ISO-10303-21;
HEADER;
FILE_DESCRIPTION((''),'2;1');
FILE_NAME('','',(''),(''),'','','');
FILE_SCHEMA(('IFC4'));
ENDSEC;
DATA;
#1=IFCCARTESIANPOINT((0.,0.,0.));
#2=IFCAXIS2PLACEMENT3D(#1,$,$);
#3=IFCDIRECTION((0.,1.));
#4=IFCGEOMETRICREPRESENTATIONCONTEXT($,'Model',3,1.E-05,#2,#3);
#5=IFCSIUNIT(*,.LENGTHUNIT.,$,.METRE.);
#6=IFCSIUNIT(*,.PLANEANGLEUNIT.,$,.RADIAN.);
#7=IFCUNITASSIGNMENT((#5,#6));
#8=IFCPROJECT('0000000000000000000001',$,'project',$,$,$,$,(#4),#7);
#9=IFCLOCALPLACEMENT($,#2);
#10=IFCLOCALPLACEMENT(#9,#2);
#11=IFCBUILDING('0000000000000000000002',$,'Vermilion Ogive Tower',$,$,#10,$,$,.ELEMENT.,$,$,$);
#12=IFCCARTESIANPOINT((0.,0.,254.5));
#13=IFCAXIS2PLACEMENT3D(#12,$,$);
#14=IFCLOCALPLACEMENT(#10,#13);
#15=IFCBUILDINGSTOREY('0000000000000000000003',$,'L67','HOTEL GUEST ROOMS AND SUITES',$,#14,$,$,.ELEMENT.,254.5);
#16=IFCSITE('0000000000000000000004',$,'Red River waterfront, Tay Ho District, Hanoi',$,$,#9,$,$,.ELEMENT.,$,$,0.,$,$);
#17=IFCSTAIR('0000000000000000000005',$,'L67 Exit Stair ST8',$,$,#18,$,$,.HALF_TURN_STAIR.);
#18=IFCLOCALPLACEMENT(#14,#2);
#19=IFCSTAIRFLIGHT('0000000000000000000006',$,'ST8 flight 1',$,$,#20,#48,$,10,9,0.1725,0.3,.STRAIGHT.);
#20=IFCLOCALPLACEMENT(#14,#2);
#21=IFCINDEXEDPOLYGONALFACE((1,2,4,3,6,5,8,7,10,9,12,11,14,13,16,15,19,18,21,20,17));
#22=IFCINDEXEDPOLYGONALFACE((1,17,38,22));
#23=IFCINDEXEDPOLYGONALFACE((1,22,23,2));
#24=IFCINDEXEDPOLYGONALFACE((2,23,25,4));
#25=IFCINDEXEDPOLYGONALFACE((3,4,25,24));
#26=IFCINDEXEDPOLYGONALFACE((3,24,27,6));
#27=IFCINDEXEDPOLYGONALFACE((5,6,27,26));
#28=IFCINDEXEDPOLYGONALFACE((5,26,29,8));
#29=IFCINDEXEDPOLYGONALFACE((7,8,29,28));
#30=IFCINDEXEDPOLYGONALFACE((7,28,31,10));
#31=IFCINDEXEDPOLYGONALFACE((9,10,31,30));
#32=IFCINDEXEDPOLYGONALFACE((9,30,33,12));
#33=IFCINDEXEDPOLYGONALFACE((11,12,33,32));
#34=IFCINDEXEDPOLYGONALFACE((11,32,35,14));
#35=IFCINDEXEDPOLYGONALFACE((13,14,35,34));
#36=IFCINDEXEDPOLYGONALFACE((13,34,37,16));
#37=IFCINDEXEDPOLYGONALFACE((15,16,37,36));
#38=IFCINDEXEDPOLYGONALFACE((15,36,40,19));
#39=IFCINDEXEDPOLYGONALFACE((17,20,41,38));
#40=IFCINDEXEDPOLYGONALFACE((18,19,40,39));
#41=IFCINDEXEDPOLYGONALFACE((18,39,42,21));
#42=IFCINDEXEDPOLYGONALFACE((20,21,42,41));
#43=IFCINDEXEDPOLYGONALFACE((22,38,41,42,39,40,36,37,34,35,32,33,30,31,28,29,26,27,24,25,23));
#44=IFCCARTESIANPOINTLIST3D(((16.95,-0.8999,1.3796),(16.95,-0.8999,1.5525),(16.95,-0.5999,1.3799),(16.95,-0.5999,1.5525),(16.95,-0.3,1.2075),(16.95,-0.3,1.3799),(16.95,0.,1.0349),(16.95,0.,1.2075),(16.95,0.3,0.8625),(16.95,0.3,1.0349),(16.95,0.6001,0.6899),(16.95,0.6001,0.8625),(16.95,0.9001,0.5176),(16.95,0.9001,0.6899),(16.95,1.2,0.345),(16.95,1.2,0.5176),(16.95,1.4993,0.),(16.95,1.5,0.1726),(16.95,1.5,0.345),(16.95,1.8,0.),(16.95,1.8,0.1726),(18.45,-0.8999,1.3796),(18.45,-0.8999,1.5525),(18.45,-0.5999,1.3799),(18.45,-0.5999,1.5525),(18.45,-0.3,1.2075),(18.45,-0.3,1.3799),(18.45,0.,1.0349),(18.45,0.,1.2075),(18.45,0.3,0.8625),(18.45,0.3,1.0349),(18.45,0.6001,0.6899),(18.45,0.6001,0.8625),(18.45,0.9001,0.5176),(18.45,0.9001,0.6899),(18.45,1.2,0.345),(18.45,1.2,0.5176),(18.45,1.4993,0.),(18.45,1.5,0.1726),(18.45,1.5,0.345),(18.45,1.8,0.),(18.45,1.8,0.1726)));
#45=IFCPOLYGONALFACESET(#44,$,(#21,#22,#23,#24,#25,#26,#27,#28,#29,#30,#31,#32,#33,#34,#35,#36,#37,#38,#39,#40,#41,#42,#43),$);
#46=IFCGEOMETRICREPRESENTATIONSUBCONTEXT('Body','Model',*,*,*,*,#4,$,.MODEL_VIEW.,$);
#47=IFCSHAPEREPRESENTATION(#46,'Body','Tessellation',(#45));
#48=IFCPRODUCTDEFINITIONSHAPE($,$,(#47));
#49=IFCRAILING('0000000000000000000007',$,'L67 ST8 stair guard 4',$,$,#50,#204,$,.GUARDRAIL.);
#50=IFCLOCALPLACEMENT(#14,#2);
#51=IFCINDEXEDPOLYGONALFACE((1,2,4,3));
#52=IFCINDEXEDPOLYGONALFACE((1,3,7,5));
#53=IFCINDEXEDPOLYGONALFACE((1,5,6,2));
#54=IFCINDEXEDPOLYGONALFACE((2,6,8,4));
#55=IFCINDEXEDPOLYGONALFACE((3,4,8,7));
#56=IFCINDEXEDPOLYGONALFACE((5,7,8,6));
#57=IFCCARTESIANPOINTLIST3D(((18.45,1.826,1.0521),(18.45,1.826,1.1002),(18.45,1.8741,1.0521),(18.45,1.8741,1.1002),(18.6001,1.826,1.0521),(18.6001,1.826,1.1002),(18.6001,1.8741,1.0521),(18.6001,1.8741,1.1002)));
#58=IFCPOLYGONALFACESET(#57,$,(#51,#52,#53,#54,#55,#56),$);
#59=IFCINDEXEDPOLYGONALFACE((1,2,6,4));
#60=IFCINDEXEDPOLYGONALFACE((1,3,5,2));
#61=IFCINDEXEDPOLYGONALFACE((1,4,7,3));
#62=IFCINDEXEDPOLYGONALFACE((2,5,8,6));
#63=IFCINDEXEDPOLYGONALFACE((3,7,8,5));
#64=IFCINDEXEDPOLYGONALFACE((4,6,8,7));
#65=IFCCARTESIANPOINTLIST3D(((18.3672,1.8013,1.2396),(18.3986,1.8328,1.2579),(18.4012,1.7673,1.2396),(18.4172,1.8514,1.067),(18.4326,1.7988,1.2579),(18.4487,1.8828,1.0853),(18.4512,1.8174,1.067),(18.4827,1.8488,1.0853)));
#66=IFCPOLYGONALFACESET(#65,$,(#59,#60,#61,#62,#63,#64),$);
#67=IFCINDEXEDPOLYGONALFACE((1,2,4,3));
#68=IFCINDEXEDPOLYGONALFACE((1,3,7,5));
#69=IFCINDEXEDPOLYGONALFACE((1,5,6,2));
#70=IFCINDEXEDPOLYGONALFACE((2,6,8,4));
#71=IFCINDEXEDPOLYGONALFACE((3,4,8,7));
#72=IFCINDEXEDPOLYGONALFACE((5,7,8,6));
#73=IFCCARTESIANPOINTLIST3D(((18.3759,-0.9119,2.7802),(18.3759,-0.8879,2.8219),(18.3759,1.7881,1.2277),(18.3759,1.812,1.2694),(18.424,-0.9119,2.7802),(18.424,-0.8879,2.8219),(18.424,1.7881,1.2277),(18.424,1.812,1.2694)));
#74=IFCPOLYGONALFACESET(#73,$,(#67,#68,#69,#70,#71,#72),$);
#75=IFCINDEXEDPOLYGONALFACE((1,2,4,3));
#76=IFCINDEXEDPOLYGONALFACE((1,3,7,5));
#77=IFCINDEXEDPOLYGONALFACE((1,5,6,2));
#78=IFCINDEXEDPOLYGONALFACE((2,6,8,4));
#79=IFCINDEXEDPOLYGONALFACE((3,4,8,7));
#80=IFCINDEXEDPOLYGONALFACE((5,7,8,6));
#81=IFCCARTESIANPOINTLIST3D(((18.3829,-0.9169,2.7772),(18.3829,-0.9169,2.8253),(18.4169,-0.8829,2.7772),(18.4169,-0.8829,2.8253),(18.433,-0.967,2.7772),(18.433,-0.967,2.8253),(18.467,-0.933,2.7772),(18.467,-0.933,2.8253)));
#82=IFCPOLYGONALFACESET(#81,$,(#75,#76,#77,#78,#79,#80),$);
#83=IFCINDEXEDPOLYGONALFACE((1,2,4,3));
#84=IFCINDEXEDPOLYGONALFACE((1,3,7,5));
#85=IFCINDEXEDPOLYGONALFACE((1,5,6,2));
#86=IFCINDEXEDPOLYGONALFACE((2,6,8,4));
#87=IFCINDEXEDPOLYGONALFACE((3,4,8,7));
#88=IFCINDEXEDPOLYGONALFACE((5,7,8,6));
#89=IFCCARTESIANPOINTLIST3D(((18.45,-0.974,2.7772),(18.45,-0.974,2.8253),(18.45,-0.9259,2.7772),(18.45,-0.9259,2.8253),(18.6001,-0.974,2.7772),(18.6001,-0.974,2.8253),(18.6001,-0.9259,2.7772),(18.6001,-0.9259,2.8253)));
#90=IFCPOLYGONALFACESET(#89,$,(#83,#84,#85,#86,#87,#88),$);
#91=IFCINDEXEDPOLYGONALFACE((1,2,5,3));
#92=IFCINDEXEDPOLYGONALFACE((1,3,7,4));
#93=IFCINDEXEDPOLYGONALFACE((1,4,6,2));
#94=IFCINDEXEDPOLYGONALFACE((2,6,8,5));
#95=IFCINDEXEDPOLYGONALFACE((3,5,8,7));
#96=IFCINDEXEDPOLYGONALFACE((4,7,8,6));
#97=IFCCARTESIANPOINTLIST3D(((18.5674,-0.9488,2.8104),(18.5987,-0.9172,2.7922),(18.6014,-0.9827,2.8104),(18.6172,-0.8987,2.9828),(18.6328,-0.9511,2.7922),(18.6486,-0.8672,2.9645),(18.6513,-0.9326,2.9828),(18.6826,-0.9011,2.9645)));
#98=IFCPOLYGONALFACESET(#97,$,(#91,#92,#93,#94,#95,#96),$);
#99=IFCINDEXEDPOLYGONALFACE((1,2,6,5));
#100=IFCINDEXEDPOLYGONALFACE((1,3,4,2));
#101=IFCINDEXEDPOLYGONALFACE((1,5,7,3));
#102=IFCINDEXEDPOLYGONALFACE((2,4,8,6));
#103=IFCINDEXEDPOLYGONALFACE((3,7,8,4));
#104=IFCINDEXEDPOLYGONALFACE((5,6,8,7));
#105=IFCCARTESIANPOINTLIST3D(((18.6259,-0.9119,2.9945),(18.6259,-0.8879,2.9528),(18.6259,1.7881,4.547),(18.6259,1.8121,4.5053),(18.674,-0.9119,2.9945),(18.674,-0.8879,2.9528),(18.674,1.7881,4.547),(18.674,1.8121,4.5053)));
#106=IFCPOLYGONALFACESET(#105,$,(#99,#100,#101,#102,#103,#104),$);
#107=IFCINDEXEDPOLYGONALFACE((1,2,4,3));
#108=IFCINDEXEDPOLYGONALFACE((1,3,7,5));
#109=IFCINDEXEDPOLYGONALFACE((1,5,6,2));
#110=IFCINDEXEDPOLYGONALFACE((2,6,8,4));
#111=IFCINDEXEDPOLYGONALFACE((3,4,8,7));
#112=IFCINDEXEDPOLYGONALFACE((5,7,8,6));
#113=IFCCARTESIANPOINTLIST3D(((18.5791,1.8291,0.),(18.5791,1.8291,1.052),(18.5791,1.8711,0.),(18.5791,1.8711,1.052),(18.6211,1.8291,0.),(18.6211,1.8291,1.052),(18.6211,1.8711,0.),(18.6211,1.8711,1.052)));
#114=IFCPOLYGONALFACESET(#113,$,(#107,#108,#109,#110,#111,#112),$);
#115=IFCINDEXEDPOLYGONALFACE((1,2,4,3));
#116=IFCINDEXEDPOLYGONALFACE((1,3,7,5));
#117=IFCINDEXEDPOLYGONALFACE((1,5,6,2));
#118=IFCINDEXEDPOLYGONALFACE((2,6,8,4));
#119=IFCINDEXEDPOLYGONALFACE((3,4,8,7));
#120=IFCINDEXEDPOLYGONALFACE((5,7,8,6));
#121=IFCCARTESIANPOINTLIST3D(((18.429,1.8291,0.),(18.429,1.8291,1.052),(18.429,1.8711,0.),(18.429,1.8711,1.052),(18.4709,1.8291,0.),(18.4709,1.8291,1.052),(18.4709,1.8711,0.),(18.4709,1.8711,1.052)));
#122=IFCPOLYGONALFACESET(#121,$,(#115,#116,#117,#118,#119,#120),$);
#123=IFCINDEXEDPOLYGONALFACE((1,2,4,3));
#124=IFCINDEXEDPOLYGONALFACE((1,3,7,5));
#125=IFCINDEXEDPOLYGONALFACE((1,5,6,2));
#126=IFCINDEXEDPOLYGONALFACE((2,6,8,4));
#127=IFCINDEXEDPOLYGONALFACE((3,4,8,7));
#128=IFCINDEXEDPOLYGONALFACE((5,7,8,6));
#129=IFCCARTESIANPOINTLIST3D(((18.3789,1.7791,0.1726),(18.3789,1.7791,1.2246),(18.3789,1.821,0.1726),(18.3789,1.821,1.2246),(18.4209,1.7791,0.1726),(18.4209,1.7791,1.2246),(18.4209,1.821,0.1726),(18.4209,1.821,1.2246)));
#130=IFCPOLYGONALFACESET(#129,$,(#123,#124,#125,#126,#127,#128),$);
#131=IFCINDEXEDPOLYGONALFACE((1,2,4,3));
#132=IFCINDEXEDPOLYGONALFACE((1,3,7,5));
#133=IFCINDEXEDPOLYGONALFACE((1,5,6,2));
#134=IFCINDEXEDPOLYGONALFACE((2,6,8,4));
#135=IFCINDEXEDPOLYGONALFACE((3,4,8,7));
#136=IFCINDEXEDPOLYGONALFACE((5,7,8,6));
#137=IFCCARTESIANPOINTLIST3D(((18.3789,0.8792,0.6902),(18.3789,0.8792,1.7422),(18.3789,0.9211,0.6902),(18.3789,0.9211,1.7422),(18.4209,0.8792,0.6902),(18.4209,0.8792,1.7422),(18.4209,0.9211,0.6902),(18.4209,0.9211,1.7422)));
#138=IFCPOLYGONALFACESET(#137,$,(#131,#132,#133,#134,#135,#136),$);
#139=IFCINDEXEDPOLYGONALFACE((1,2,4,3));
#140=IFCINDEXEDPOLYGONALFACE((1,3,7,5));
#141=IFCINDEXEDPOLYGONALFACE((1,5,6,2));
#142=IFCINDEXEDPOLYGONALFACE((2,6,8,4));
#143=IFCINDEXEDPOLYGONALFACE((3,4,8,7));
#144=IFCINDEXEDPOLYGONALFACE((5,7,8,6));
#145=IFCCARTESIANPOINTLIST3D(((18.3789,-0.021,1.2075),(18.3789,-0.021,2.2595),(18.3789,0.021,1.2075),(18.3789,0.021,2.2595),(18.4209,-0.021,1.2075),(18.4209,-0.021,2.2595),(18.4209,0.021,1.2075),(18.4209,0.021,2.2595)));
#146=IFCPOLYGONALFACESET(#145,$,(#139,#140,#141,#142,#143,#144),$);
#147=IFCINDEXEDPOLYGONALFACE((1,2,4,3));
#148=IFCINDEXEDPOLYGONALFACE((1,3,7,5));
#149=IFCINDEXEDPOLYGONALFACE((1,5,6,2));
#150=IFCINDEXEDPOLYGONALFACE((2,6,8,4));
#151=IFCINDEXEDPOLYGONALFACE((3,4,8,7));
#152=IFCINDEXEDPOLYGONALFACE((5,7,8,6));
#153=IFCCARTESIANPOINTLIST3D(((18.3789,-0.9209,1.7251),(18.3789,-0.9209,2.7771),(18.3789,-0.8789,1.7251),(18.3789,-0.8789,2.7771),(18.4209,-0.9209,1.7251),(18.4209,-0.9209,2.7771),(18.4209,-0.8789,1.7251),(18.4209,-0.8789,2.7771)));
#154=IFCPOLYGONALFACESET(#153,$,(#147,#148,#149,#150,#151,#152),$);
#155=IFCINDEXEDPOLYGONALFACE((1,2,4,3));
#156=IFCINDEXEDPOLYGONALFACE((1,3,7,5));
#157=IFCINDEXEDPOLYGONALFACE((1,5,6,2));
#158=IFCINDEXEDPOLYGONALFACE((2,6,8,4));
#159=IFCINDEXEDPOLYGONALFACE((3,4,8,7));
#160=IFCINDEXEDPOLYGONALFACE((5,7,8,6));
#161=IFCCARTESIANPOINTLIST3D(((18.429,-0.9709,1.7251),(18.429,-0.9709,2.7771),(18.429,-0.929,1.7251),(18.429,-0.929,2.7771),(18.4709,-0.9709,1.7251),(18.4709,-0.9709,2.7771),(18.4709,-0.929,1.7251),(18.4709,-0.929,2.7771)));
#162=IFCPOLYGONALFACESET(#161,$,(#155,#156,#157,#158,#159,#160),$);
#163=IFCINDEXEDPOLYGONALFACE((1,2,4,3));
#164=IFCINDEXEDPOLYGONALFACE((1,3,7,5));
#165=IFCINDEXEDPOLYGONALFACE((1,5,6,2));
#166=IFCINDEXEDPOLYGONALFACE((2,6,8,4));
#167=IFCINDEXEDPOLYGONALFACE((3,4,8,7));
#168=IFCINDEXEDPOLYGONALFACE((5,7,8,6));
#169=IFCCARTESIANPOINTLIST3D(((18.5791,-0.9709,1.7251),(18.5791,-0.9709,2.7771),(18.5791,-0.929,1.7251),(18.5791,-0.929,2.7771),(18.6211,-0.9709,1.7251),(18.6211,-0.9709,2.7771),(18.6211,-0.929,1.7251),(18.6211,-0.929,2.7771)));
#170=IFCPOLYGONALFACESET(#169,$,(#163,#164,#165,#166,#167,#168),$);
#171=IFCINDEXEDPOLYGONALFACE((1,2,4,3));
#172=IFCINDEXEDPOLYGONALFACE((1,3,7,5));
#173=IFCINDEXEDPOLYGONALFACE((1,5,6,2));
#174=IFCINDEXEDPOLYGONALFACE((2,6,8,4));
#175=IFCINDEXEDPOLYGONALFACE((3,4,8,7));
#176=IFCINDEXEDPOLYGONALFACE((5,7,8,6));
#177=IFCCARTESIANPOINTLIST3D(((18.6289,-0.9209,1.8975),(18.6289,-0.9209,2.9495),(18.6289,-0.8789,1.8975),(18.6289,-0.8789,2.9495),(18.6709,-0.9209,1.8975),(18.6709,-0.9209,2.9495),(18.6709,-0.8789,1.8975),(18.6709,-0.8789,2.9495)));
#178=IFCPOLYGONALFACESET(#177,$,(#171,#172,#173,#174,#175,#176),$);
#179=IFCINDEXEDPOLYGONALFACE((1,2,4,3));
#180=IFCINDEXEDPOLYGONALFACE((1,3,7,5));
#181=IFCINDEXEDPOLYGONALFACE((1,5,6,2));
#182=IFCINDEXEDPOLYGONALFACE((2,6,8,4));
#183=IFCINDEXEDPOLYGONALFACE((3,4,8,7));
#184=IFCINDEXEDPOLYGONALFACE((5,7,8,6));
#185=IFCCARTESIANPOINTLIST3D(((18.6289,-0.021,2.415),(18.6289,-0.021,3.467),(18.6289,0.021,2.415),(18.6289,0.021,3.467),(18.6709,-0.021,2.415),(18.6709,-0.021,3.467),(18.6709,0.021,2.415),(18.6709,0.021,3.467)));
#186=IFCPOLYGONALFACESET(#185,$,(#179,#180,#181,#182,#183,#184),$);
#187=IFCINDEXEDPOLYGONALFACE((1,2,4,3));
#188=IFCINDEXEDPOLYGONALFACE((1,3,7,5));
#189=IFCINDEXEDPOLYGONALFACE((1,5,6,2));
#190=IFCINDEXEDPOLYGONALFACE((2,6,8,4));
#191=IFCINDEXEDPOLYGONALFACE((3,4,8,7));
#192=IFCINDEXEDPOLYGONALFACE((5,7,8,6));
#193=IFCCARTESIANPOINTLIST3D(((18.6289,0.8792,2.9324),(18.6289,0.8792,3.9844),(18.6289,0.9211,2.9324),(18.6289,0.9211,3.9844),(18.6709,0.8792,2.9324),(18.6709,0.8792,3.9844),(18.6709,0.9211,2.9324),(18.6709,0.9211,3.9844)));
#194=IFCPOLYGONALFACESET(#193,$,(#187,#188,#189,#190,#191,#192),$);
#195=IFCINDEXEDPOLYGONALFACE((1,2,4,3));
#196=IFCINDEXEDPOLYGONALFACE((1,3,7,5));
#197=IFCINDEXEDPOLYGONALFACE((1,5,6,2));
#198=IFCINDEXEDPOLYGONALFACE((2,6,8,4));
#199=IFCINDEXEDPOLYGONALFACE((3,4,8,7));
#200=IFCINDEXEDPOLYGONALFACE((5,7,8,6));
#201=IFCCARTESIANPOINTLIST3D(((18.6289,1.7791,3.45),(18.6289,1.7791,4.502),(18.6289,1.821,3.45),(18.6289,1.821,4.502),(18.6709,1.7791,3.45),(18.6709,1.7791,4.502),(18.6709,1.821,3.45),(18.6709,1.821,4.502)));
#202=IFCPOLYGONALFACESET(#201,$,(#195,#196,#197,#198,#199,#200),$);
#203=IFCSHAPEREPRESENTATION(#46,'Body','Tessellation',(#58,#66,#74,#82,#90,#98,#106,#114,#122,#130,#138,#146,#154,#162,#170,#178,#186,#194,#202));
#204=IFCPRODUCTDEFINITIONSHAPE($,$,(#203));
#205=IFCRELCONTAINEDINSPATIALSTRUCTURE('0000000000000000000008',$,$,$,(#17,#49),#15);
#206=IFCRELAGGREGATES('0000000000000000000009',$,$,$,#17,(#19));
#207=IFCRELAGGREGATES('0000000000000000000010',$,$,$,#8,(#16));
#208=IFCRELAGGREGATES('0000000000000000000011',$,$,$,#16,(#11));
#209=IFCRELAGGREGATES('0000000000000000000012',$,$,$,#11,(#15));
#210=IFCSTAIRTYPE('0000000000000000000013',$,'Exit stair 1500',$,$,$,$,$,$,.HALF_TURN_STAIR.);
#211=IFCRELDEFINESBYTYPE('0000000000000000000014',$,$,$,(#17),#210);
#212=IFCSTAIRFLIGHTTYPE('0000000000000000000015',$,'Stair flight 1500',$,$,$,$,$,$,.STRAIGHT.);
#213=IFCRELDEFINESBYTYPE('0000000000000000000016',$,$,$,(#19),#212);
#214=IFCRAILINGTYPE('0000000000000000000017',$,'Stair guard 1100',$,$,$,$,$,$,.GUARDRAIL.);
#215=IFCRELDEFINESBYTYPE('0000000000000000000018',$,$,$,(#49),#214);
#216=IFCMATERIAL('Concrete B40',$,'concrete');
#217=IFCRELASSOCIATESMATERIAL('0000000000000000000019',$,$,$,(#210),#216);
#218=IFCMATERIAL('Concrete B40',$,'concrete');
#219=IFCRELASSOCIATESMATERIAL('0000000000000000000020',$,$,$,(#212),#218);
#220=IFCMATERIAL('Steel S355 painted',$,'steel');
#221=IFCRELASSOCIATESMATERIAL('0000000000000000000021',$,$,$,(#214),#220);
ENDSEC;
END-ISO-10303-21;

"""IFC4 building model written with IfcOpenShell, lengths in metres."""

from ifc_helpers import new_model, si_unit, direction, frame, origin, origin_2d, place, context, subcontext, project, spatial, polyline, rectangle, outline, extrude, material, type_object, element, aggregate, save


model = new_model("IFC4")

# Units and contexts
model_context = context("Model", 3, precision=1e-05, world=origin(), true_north=direction((0.0, 1.0)))
body_context = subcontext(model_context, "Body", "Model", "MODEL_VIEW")
ifc_project = project(units=[si_unit("LENGTHUNIT", "METRE"), si_unit("PLANEANGLEUNIT", "RADIAN")], contexts=[model_context])

# Site, building, storey
site_placement = place(None, origin())
site = spatial("IfcSite", under=ifc_project, at=site_placement, Name="Red River waterfront, Tay Ho District, Hanoi", CompositionType="ELEMENT", RefElevation=0.0)
building_placement = place(site_placement, origin())
building = spatial("IfcBuilding", under=site, at=building_placement, Name="Vermilion Ogive Tower", CompositionType="ELEMENT")
storey_placement = place(building_placement, frame((0.0, 0.0, 254.5)))
storey = spatial("IfcBuildingStorey", under=building, at=storey_placement, Name="L67", Description="HOTEL GUEST ROOMS AND SUITES", CompositionType="ELEMENT", Elevation=254.5)

# Stair, stair flight
ifc_material_1 = material(Name="Concrete B40", Category="concrete")
stair_type = type_object("IfcStairType", Name="Exit stair 1500", PredefinedType="HALF_TURN_STAIR", material=ifc_material_1)
stair_placement = place(storey_placement, origin())
stair = element("IfcStair", 1, at=stair_placement, inside=storey, type_object=stair_type, Name="L67 Exit Stair ST8", PredefinedType="HALF_TURN_STAIR")
ifc_material_2 = material(Name="Concrete B40", Category="concrete")
stair_flight_type = type_object("IfcStairFlightType", Name="Stair flight 1500", PredefinedType="STRAIGHT", material=ifc_material_2)
stair_flight_placement = place(storey_placement, frame((17.7, 1.8, 0.0), z_axis=(0.0, 0.0, 1.0), x_axis=(0.0, -1.0, 0.0)))
stair_flight = element("IfcStairFlight", 2, at=stair_flight_placement, type_object=stair_flight_type, Name="ST8 flight 1", NumberOfRisers=10, NumberOfTreads=9, PredefinedType="STRAIGHT", RiserHeight=0.1725, TreadLength=0.3, context=body_context, shape_type="SweptSolid", body=[
    extrude(outline(polyline([(0.0, 0.0), (0.0, 0.1726), (0.3, 0.1726), (0.3, 0.345), (0.6001, 0.345), (0.6001, 0.5176), (0.8999, 0.5176), (0.8999, 0.6899), (1.2, 0.6899), (1.2, 0.8625), (1.5, 0.8625), (1.5, 1.0349), (1.8, 1.0349), (1.8, 1.2075), (2.1001, 1.2075), (2.1001, 1.3799), (2.3999, 1.3799), (2.3999, 1.5525), (2.7, 1.5525), (2.7, 1.7251), (2.7, 1.3796), (0.3008, 0.0), (0.0, 0.0)])), frame((0.0, 0.75, 0.0), z_axis=(0.0, -1.0, 0.0), x_axis=(1.0, 0.0, 0.0)), (0.0, 0.0, 1.0), 1.5),
])
aggregate(stair, [stair_flight])

# Railing
ifc_material_3 = material(Name="Steel S355 painted", Category="steel")
railing_type_1 = type_object("IfcRailingType", Name="Stair guard 1100", PredefinedType="GUARDRAIL", material=ifc_material_3)
railing_1_placement = place(storey_placement, frame((18.6001, 1.8501, 0.0)))
element("IfcRailing", 3, at=railing_1_placement, inside=storey, type_object=railing_type_1, Name="L67 ST8 stair guard 4", PredefinedType="GUARDRAIL", context=body_context, shape_type="SweptSolid", body=[
    extrude(rectangle(XDim=0.0481, YDim=0.0481, at=origin_2d()), frame((0.0, 0.0, 1.0762), z_axis=(-1.0, 0.0, 0.0), x_axis=(0.0, -1.0, 0.0)), (0.0, 0.0, 1.0), 0.1501),
    extrude(rectangle(XDim=0.0481, YDim=0.0481, at=origin_2d()), frame((-0.1501, 0.0, 1.0762), z_axis=(-0.268278, -0.268278, 0.925232), x_axis=(0.707107, -0.707107, 0.0)), (0.0, 0.0, 1.0), 0.1865),
    extrude(rectangle(XDim=0.0481, YDim=0.0481, at=origin_2d()), frame((-0.2002, -0.05, 1.2485), z_axis=(0.0, -0.866904, 0.498476), x_axis=(1.0, 0.0, 0.0)), (0.0, 0.0, 1.0), 3.1145),
    extrude(rectangle(XDim=0.0481, YDim=0.0481, at=origin_2d()), frame((-0.2002, -2.75, 2.8013), z_axis=(0.707107, -0.707107, 0.0), x_axis=(0.707107, 0.707107, 0.0)), (0.0, 0.0, 1.0), 0.0708),
    extrude(rectangle(XDim=0.0481, YDim=0.0481, at=origin_2d()), frame((-0.1501, -2.8, 2.8013), z_axis=(1.0, 0.0, 0.0), x_axis=(0.0, 1.0, 0.0)), (0.0, 0.0, 1.0), 0.1501),
    extrude(rectangle(XDim=0.0481, YDim=0.0481, at=origin_2d()), frame((0.0, -2.8, 2.8013), z_axis=(0.267387, 0.268698, 0.925368), x_axis=(-0.708834, 0.705376, 0.0)), (0.0, 0.0, 1.0), 0.1863),
    extrude(rectangle(XDim=0.0481, YDim=0.0481, at=origin_2d()), frame((0.0498, -2.75, 2.9736), z_axis=(0.0, 0.866904, 0.498476), x_axis=(-1.0, 0.0, 0.0)), (0.0, 0.0, 1.0), 3.1145),
    extrude(rectangle(XDim=0.042, YDim=0.042, at=origin_2d()), origin(), (0.0, 0.0, 1.0), 1.052),
    extrude(rectangle(XDim=0.042, YDim=0.042, at=origin_2d()), frame((-0.1501, 0.0, 0.0)), (0.0, 0.0, 1.0), 1.052),
    extrude(rectangle(XDim=0.042, YDim=0.042, at=origin_2d()), frame((-0.2002, -0.05, 0.1726)), (0.0, 0.0, 1.0), 1.052),
    extrude(rectangle(XDim=0.042, YDim=0.042, at=origin_2d()), frame((-0.2002, -0.95, 0.6902)), (0.0, 0.0, 1.0), 1.052),
    extrude(rectangle(XDim=0.042, YDim=0.042, at=origin_2d()), frame((-0.2002, -1.8501, 1.2075)), (0.0, 0.0, 1.0), 1.052),
    extrude(rectangle(XDim=0.042, YDim=0.042, at=origin_2d()), frame((-0.2002, -2.75, 1.7251)), (0.0, 0.0, 1.0), 1.052),
    extrude(rectangle(XDim=0.042, YDim=0.042, at=origin_2d()), frame((-0.1501, -2.8, 1.7251)), (0.0, 0.0, 1.0), 1.052),
    extrude(rectangle(XDim=0.042, YDim=0.042, at=origin_2d()), frame((0.0, -2.8, 1.7251)), (0.0, 0.0, 1.0), 1.052),
    extrude(rectangle(XDim=0.042, YDim=0.042, at=origin_2d()), frame((0.0498, -2.75, 1.8975)), (0.0, 0.0, 1.0), 1.052),
    extrude(rectangle(XDim=0.042, YDim=0.042, at=origin_2d()), frame((0.0498, -1.8501, 2.415)), (0.0, 0.0, 1.0), 1.052),
    extrude(rectangle(XDim=0.042, YDim=0.042, at=origin_2d()), frame((0.0498, -0.95, 2.9324)), (0.0, 0.0, 1.0), 1.052),
    extrude(rectangle(XDim=0.042, YDim=0.042, at=origin_2d()), frame((0.0498, -0.05, 3.45)), (0.0, 0.0, 1.0), 1.052),
])

save(model, "model.ifc")
